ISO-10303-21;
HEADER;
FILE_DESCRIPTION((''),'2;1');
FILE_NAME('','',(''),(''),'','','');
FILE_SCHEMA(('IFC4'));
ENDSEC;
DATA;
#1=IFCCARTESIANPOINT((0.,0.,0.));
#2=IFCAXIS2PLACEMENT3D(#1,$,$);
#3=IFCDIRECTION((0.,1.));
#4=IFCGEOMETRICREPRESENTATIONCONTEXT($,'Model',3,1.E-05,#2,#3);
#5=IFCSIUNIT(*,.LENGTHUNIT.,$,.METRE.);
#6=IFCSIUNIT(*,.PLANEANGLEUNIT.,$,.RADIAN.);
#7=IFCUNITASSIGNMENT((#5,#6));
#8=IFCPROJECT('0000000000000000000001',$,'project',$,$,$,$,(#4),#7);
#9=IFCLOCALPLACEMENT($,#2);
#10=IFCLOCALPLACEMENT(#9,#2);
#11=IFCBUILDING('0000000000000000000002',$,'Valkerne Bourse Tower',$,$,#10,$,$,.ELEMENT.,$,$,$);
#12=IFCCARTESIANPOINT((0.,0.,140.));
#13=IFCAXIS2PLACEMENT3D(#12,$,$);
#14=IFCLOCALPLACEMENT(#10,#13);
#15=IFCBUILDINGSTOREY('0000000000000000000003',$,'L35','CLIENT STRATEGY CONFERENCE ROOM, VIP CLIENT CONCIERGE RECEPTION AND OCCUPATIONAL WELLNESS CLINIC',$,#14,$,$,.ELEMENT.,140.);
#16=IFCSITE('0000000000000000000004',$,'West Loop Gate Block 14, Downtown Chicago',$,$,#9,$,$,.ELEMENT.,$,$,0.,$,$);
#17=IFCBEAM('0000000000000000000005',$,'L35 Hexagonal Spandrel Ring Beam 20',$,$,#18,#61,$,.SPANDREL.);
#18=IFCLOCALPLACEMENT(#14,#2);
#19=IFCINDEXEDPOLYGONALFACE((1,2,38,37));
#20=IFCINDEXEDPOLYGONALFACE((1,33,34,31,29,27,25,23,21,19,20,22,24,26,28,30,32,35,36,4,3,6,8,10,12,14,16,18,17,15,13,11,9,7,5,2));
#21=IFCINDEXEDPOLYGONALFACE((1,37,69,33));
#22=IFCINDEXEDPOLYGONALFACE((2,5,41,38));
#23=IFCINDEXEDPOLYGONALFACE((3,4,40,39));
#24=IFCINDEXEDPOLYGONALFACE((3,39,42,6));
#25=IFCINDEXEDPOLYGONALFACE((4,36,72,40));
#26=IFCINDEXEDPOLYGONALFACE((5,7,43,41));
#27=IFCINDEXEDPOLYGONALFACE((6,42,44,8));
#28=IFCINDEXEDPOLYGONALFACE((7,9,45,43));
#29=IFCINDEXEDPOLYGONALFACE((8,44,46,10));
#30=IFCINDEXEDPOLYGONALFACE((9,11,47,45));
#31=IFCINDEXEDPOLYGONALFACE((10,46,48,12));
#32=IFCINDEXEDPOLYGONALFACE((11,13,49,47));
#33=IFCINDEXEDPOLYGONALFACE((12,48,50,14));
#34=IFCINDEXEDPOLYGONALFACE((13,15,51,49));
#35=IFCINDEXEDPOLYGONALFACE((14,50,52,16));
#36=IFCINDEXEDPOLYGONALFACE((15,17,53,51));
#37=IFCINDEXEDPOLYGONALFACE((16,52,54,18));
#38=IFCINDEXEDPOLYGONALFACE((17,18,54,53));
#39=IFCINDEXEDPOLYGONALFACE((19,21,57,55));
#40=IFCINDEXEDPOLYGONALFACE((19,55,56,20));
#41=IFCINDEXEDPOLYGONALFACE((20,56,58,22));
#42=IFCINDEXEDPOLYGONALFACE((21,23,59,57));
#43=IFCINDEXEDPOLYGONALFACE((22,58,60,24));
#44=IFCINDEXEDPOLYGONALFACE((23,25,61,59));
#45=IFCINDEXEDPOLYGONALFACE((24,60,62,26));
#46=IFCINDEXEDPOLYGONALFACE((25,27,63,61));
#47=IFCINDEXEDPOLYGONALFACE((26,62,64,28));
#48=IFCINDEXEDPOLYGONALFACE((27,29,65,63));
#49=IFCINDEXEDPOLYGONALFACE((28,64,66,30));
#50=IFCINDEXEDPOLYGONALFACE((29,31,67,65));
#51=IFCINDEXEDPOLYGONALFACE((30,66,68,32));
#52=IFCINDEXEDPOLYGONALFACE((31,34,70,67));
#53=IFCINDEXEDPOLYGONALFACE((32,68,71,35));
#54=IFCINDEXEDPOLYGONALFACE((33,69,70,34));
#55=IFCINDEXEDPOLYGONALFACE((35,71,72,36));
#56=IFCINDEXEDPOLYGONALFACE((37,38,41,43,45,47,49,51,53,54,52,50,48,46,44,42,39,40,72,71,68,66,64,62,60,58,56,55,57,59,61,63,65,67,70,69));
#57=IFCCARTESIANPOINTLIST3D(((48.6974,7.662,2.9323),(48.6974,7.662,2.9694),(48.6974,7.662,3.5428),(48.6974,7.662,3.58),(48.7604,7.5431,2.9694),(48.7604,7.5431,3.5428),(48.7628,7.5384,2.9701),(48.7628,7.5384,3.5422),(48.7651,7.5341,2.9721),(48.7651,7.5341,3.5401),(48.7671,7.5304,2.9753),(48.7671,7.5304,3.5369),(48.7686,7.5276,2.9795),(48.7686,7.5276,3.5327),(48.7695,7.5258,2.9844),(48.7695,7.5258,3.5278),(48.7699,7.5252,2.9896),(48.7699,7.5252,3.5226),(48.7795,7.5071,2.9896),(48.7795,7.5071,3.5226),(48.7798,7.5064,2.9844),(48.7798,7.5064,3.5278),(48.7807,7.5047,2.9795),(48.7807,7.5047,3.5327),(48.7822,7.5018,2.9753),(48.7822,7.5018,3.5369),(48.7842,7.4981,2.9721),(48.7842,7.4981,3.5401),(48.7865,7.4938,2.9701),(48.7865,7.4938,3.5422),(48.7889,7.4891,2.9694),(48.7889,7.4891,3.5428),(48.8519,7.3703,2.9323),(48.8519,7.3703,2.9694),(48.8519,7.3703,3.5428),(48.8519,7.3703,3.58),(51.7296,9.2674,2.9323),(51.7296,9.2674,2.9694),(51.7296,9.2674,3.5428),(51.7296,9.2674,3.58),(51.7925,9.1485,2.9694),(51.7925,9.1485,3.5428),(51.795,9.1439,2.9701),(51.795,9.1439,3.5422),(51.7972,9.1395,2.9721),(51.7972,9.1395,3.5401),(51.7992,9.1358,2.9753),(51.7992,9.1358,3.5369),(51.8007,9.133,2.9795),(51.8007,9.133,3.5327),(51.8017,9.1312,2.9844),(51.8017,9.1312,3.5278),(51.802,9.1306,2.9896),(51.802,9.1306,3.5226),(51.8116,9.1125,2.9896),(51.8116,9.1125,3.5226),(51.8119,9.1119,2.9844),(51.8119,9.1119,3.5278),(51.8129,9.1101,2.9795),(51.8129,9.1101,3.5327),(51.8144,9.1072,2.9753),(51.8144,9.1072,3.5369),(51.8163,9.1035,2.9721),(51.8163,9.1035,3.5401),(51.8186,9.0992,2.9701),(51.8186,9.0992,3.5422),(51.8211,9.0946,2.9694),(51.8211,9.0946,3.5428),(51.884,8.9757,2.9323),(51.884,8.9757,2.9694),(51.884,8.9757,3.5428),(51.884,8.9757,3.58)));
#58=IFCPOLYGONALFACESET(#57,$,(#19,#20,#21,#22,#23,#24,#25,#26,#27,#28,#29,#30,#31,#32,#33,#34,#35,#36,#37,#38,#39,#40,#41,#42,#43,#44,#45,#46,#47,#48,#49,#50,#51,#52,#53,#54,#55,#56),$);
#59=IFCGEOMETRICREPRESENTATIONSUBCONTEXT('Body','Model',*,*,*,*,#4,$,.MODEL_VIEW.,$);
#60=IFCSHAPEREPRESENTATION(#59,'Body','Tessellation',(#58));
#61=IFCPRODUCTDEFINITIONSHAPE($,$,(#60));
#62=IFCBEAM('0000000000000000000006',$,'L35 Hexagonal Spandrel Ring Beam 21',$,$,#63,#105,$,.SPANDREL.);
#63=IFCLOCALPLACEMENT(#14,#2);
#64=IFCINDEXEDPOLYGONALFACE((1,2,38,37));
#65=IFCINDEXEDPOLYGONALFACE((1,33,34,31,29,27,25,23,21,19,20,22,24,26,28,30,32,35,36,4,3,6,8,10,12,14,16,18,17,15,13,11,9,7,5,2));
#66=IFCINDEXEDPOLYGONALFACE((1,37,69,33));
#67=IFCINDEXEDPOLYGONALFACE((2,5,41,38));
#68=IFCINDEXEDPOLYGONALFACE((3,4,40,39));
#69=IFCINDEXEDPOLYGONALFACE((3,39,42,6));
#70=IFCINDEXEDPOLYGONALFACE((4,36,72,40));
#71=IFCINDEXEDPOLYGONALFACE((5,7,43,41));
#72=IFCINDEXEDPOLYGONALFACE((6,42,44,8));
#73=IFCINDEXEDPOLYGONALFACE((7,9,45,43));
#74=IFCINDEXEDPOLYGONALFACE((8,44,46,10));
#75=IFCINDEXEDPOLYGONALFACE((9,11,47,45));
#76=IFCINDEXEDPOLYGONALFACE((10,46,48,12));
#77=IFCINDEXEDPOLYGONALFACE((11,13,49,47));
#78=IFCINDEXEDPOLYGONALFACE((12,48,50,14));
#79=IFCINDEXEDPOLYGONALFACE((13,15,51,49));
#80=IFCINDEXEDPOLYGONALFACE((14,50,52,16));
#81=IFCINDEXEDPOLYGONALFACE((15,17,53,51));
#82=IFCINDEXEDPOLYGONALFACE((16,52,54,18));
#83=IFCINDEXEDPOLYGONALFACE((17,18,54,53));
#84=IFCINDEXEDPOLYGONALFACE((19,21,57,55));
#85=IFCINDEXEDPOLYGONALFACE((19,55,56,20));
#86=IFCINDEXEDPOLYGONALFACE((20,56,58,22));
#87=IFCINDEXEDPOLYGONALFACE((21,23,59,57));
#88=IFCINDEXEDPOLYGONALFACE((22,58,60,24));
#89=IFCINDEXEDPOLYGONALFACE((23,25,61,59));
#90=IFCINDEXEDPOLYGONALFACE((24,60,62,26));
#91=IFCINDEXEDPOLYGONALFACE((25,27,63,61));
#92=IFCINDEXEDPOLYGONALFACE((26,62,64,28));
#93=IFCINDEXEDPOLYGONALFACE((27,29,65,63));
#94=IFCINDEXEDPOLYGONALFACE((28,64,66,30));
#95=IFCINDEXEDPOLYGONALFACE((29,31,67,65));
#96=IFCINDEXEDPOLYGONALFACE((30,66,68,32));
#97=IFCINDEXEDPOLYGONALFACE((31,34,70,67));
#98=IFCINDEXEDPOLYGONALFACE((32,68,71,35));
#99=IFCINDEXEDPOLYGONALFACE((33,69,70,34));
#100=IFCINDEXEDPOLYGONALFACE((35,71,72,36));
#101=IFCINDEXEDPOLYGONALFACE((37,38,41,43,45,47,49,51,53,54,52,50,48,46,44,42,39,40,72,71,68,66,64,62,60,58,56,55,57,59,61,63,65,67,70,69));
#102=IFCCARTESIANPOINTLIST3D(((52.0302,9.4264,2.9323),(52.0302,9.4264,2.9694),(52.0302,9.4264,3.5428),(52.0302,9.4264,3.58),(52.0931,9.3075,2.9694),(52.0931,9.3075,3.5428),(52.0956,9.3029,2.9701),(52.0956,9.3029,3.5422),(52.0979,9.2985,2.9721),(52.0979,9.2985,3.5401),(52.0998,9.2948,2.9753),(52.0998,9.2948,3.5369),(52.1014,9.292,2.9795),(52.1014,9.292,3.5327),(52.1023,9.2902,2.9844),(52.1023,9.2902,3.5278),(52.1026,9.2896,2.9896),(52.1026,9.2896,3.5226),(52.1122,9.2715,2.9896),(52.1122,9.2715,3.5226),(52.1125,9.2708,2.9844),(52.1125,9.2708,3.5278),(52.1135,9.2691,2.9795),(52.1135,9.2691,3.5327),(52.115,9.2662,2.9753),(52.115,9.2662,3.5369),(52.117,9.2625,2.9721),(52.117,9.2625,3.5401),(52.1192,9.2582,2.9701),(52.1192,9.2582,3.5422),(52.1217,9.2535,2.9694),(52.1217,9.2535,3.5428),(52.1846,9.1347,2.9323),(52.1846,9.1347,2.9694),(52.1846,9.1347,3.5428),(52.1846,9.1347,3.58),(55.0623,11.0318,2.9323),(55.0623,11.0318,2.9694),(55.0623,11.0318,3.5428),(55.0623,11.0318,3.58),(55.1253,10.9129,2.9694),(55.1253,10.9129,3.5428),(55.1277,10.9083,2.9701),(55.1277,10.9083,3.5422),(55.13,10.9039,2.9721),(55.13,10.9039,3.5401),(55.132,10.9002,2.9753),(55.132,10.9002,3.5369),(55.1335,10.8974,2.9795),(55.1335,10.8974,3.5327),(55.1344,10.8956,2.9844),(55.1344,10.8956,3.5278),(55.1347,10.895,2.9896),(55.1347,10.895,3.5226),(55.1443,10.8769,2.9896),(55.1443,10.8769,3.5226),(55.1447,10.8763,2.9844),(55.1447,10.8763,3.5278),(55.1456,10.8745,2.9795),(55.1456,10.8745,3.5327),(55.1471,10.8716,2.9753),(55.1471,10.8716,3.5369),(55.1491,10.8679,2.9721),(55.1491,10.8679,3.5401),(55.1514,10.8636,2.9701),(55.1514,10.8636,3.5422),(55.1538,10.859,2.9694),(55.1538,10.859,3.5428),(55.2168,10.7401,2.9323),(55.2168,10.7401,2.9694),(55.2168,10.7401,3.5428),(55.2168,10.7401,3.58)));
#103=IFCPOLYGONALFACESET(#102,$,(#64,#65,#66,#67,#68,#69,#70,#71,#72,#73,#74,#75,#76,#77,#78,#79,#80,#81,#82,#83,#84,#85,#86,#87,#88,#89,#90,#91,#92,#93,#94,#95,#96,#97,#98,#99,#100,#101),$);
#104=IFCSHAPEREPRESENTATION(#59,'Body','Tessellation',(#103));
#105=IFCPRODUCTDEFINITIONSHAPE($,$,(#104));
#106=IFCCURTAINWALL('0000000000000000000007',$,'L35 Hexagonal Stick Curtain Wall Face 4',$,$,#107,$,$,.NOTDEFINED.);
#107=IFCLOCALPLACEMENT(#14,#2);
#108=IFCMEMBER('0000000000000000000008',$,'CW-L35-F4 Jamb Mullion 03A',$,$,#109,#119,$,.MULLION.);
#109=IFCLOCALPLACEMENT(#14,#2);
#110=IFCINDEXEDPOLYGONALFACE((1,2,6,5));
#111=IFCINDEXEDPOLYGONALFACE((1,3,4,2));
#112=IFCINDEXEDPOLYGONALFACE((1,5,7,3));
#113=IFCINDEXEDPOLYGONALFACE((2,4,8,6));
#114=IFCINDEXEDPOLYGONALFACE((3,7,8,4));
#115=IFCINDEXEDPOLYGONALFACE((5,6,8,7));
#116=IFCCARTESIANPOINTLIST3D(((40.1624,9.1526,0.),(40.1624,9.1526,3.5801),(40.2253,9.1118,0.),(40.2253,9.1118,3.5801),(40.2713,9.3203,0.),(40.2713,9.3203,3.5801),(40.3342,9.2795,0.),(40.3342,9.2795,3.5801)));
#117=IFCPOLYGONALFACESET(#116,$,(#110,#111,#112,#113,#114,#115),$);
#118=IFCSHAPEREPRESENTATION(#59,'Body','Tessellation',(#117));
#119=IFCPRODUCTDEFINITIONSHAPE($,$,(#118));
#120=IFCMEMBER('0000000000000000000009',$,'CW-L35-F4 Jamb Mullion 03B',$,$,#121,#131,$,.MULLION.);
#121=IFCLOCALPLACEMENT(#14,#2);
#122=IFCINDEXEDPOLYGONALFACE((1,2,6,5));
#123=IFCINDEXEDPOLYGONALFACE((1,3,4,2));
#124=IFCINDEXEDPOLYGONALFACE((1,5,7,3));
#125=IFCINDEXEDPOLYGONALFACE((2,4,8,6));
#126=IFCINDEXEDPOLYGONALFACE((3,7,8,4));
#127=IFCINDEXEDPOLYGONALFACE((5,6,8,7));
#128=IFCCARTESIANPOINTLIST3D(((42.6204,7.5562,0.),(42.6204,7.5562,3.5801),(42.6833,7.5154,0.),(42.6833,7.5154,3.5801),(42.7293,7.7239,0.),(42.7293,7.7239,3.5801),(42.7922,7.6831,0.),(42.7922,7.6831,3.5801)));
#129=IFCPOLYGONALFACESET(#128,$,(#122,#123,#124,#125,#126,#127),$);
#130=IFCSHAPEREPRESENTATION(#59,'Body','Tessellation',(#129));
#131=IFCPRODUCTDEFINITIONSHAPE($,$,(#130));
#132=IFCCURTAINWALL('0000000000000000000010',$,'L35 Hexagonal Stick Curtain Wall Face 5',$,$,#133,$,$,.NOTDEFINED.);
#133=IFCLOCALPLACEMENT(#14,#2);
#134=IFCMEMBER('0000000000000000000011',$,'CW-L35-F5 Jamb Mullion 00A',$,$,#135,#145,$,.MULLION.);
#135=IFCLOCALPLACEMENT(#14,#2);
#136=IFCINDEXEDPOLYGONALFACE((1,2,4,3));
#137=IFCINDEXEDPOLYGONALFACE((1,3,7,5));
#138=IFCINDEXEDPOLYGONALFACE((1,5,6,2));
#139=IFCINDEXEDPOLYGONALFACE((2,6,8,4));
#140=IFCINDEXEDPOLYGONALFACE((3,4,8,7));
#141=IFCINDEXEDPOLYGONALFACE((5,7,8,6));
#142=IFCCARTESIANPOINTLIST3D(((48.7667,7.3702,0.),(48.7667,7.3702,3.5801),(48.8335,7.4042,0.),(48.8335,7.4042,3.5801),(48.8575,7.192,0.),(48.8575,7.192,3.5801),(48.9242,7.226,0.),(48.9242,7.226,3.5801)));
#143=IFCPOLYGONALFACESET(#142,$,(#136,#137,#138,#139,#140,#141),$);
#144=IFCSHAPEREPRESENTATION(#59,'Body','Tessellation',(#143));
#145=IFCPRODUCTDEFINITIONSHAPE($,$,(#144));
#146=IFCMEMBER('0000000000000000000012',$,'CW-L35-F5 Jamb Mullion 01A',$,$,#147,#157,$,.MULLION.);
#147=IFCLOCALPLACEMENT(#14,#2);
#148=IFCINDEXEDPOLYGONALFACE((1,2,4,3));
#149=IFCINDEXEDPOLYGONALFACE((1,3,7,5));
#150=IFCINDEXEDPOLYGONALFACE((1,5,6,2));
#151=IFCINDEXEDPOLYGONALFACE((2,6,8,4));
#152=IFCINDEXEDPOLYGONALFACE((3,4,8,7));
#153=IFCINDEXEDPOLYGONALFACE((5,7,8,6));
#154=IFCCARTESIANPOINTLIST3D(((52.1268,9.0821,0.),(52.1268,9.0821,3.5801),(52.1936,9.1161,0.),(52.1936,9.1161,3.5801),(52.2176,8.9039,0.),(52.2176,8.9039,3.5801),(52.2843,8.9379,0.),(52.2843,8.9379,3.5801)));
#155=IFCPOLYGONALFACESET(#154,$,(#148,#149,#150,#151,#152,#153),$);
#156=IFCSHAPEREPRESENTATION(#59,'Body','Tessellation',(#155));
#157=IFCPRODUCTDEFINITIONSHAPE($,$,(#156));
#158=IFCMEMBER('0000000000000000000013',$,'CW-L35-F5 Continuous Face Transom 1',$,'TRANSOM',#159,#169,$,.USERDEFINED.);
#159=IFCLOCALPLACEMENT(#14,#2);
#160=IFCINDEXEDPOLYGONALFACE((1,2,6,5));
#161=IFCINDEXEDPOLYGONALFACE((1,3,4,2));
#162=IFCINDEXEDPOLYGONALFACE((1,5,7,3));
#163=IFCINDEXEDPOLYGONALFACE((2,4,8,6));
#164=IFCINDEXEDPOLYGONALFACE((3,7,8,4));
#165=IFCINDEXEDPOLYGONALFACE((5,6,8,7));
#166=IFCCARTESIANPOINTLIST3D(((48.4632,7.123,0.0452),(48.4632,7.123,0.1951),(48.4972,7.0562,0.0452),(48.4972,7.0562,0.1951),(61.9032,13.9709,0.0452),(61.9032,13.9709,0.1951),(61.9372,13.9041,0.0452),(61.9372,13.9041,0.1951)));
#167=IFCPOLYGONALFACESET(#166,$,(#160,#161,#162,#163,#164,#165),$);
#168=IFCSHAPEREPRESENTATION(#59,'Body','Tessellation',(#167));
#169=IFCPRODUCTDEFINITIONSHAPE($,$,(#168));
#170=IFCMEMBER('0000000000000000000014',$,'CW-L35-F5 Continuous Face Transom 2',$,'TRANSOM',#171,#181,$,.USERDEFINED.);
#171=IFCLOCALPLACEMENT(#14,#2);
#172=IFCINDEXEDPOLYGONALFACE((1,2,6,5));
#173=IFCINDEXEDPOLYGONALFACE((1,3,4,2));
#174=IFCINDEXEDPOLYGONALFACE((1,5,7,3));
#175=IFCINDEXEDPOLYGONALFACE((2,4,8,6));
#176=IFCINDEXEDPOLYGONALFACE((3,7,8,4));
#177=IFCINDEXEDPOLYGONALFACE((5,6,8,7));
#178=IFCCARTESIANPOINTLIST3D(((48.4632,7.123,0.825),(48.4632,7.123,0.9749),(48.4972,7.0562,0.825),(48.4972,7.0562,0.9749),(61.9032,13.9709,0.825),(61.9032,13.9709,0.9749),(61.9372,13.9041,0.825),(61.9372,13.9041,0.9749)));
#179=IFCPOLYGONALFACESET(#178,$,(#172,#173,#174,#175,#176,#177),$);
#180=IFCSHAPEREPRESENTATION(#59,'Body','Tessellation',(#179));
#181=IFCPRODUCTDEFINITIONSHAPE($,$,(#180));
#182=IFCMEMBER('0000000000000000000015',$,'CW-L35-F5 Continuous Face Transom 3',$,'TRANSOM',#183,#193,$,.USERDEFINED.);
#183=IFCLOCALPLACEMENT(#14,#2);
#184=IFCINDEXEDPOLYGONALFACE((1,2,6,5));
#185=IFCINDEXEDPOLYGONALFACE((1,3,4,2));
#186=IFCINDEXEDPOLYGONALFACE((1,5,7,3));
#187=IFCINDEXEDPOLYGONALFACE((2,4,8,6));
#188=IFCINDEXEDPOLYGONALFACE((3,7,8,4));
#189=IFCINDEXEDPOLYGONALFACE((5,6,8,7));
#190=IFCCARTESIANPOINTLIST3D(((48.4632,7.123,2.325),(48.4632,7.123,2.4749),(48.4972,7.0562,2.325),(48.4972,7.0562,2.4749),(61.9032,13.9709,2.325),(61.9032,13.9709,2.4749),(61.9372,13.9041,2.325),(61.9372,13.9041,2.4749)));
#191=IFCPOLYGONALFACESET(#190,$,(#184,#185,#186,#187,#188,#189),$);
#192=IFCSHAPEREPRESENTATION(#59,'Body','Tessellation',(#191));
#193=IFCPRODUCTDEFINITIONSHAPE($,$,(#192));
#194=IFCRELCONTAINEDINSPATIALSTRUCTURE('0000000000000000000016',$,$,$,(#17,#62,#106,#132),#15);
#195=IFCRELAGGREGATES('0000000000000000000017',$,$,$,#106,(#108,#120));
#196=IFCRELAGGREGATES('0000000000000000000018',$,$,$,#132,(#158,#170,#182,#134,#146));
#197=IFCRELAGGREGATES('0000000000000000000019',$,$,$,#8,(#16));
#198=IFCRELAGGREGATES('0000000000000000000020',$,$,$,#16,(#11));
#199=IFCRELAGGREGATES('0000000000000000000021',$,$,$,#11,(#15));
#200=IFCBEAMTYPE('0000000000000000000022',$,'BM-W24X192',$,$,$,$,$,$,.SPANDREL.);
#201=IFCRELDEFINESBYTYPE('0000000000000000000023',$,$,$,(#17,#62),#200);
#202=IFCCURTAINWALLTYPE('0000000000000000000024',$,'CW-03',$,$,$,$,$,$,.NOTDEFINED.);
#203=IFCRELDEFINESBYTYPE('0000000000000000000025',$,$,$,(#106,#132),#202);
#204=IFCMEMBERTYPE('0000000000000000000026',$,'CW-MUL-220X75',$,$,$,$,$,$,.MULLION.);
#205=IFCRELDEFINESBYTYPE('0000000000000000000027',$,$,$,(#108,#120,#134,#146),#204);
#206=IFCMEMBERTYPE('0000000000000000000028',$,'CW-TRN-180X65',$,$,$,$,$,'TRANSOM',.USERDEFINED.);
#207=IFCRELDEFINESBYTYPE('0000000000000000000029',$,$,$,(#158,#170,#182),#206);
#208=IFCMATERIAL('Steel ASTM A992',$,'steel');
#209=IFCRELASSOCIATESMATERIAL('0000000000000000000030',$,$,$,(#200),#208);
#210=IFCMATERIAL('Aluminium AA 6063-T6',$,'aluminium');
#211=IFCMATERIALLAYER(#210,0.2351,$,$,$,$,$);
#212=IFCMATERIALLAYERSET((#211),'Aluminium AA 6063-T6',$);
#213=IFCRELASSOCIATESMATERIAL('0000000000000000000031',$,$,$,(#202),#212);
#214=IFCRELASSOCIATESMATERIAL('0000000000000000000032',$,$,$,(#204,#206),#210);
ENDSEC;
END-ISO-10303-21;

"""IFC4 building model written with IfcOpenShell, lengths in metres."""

from ifc_helpers import new_model, si_unit, direction, frame, origin, origin_2d, place, context, subcontext, project, spatial, rectangle, i_section, extrude, material, layer, layer_set, material_profile, profile_set, type_object, element, aggregate, save


model = new_model("IFC4")

# Units and contexts
model_context = context("Model", 3, precision=1e-05, world=origin(), true_north=direction((0.0, 1.0)))
body_context = subcontext(model_context, "Body", "Model", "MODEL_VIEW")
ifc_project = project(units=[si_unit("LENGTHUNIT", "METRE"), si_unit("PLANEANGLEUNIT", "RADIAN")], contexts=[model_context])

# Site, building, storey
site_placement = place(None, origin())
site = spatial("IfcSite", under=ifc_project, at=site_placement, Name="West Loop Gate Block 14, Downtown Chicago", CompositionType="ELEMENT", RefElevation=0.0)
building_placement = place(site_placement, origin())
building = spatial("IfcBuilding", under=site, at=building_placement, Name="Valkerne Bourse Tower", CompositionType="ELEMENT")
storey_placement = place(building_placement, frame((0.0, 0.0, 140.0)))
storey = spatial("IfcBuildingStorey", under=building, at=storey_placement, Name="L35", Description="CLIENT STRATEGY CONFERENCE ROOM, VIP CLIENT CONCIERGE RECEPTION AND OCCUPATIONAL WELLNESS CLINIC", CompositionType="ELEMENT", Elevation=140.0)

# Beams
ifc_material_1 = material(Name="Steel ASTM A992", Category="steel")
ifc_material_profile_1 = material_profile(ifc_material_1, i_section(OverallWidth=0.3301, OverallDepth=0.6477, WebThickness=0.0205, FlangeThickness=0.0371, FilletRadius=0.0203, at=origin_2d()), Name="W24X192")
ifc_profile_set_1 = profile_set([ifc_material_profile_1], Name="Steel ASTM A992")
beam_type_1 = type_object("IfcBeamType", Name="BM-W24X192", PredefinedType="SPANDREL", material=ifc_profile_set_1)
for number, where, z_axis, x_axis, name in (
    (1, (48.7747, 7.5161, 3.2561), (0.883767, 0.467927, 0.0), (-0.467927, 0.883767, 0.0), "L35 Hexagonal Spandrel Ring Beam 20"),
    (2, (52.1074, 9.2805, 3.2561), (0.883767, 0.467927, 0.0), (-0.467927, 0.883767, 0.0), "L35 Hexagonal Spandrel Ring Beam 21"),
):
    element("IfcBeam", number, at=place(storey_placement, frame(where, z_axis=z_axis, x_axis=x_axis)), inside=storey, type_object=beam_type_1, Name=name, PredefinedType="SPANDREL", context=body_context, shape_type="SweptSolid", body=[
        extrude(i_section(OverallWidth=0.3301, OverallDepth=0.6477, WebThickness=0.0205, FlangeThickness=0.0371, FilletRadius=0.0203, at=origin_2d()), origin(), (0.0, 0.0, 1.0), 3.4309),
    ])

# Curtain walls, members
ifc_material_2 = material(Name="Aluminium AA 6063-T6", Category="aluminium")
ifc_layer_1 = layer(ifc_material_2, 0.2351)
ifc_layer_set_1 = layer_set([ifc_layer_1], Name="Aluminium AA 6063-T6")
curtain_wall_type = type_object("IfcCurtainWallType", Name="CW-03", PredefinedType="NOTDEFINED", material=ifc_layer_set_1)
curtain_wall_1_placement = place(storey_placement, origin())
curtain_wall_1 = element("IfcCurtainWall", 3, at=curtain_wall_1_placement, inside=storey, type_object=curtain_wall_type, Name="L35 Hexagonal Stick Curtain Wall Face 4", PredefinedType="NOTDEFINED")
ifc_material_profile_2 = material_profile(ifc_material_2, rectangle(XDim=0.075, YDim=0.2, at=origin_2d()), Name="CWM-75X200")
ifc_profile_set_2 = profile_set([ifc_material_profile_2], Name="Aluminium AA 6063-T6")
member_type_1 = type_object("IfcMemberType", Name="CW-MUL-220X75", PredefinedType="MULLION", material=ifc_profile_set_2)
member_1_placement = place(storey_placement, frame((40.2483, 9.2161, 0.0), z_axis=(0.0, 0.0, 1.0), x_axis=(0.83866, -0.544655, 0.0)))
member_1 = element("IfcMember", 4, at=member_1_placement, type_object=member_type_1, Name="CW-L35-F4 Jamb Mullion 03A", PredefinedType="MULLION", context=body_context, shape_type="SweptSolid", body=[
    extrude(rectangle(XDim=0.075, YDim=0.2, at=origin_2d()), origin(), (0.0, 0.0, 1.0), 3.5801),
])
member_2_placement = place(storey_placement, frame((42.7063, 7.6196, 0.0), z_axis=(0.0, 0.0, 1.0), x_axis=(0.83866, -0.544655, 0.0)))
member_2 = element("IfcMember", 5, at=member_2_placement, type_object=member_type_1, Name="CW-L35-F4 Jamb Mullion 03B", PredefinedType="MULLION", context=body_context, shape_type="SweptSolid", body=[
    extrude(rectangle(XDim=0.075, YDim=0.2, at=origin_2d()), origin(), (0.0, 0.0, 1.0), 3.5801),
])
curtain_wall_2_placement = place(storey_placement, origin())
curtain_wall_2 = element("IfcCurtainWall", 6, at=curtain_wall_2_placement, inside=storey, type_object=curtain_wall_type, Name="L35 Hexagonal Stick Curtain Wall Face 5", PredefinedType="NOTDEFINED")
member_3_placement = place(storey_placement, frame((48.8455, 7.2981, 0.0), z_axis=(0.0, 0.0, 1.0), x_axis=(0.891007, 0.453989, 0.0)))
member_3 = element("IfcMember", 7, at=member_3_placement, type_object=member_type_1, Name="CW-L35-F5 Jamb Mullion 00A", PredefinedType="MULLION", context=body_context, shape_type="SweptSolid", body=[
    extrude(rectangle(XDim=0.075, YDim=0.2, at=origin_2d()), origin(), (0.0, 0.0, 1.0), 3.5801),
])
member_4_placement = place(storey_placement, frame((52.2056, 9.01, 0.0), z_axis=(0.0, 0.0, 1.0), x_axis=(0.891007, 0.453989, 0.0)))
member_4 = element("IfcMember", 8, at=member_4_placement, type_object=member_type_1, Name="CW-L35-F5 Jamb Mullion 01A", PredefinedType="MULLION", context=body_context, shape_type="SweptSolid", body=[
    extrude(rectangle(XDim=0.075, YDim=0.2, at=origin_2d()), origin(), (0.0, 0.0, 1.0), 3.5801),
])
ifc_material_profile_3 = material_profile(ifc_material_2, rectangle(XDim=0.075, YDim=0.1499, at=origin_2d()), Name="CWT-75X150")
ifc_profile_set_3 = profile_set([ifc_material_profile_3], Name="Aluminium AA 6063-T6")
member_type_2 = type_object("IfcMemberType", Name="CW-TRN-180X65", ElementType="TRANSOM", PredefinedType="USERDEFINED", material=ifc_profile_set_3)
member_5_placement = place(storey_placement, frame((48.4802, 7.0896, 0.1201), z_axis=(0.891009, 0.453986, 0.0), x_axis=(-0.453986, 0.891009, 0.0)))
member_5 = element("IfcMember", 9, at=member_5_placement, type_object=member_type_2, Name="CW-L35-F5 Continuous Face Transom 1", ObjectType="TRANSOM", PredefinedType="USERDEFINED", context=body_context, shape_type="SweptSolid", body=[
    extrude(rectangle(XDim=0.075, YDim=0.1499, at=origin_2d()), origin(), (0.0, 0.0, 1.0), 15.084),
])
member_6_placement = place(storey_placement, frame((48.4802, 7.0896, 0.8999), z_axis=(0.891009, 0.453986, 0.0), x_axis=(-0.453986, 0.891009, 0.0)))
member_6 = element("IfcMember", 10, at=member_6_placement, type_object=member_type_2, Name="CW-L35-F5 Continuous Face Transom 2", ObjectType="TRANSOM", PredefinedType="USERDEFINED", context=body_context, shape_type="SweptSolid", body=[
    extrude(rectangle(XDim=0.075, YDim=0.1499, at=origin_2d()), origin(), (0.0, 0.0, 1.0), 15.084),
])
member_7_placement = place(storey_placement, frame((48.4802, 7.0896, 2.3999), z_axis=(0.891009, 0.453986, 0.0), x_axis=(-0.453986, 0.891009, 0.0)))
member_7 = element("IfcMember", 11, at=member_7_placement, type_object=member_type_2, Name="CW-L35-F5 Continuous Face Transom 3", ObjectType="TRANSOM", PredefinedType="USERDEFINED", context=body_context, shape_type="SweptSolid", body=[
    extrude(rectangle(XDim=0.075, YDim=0.1499, at=origin_2d()), origin(), (0.0, 0.0, 1.0), 15.084),
])

aggregate(curtain_wall_1, [member_1, member_2])
aggregate(curtain_wall_2, [member_5, member_6, member_7, member_3, member_4])

save(model, "model.ifc")
